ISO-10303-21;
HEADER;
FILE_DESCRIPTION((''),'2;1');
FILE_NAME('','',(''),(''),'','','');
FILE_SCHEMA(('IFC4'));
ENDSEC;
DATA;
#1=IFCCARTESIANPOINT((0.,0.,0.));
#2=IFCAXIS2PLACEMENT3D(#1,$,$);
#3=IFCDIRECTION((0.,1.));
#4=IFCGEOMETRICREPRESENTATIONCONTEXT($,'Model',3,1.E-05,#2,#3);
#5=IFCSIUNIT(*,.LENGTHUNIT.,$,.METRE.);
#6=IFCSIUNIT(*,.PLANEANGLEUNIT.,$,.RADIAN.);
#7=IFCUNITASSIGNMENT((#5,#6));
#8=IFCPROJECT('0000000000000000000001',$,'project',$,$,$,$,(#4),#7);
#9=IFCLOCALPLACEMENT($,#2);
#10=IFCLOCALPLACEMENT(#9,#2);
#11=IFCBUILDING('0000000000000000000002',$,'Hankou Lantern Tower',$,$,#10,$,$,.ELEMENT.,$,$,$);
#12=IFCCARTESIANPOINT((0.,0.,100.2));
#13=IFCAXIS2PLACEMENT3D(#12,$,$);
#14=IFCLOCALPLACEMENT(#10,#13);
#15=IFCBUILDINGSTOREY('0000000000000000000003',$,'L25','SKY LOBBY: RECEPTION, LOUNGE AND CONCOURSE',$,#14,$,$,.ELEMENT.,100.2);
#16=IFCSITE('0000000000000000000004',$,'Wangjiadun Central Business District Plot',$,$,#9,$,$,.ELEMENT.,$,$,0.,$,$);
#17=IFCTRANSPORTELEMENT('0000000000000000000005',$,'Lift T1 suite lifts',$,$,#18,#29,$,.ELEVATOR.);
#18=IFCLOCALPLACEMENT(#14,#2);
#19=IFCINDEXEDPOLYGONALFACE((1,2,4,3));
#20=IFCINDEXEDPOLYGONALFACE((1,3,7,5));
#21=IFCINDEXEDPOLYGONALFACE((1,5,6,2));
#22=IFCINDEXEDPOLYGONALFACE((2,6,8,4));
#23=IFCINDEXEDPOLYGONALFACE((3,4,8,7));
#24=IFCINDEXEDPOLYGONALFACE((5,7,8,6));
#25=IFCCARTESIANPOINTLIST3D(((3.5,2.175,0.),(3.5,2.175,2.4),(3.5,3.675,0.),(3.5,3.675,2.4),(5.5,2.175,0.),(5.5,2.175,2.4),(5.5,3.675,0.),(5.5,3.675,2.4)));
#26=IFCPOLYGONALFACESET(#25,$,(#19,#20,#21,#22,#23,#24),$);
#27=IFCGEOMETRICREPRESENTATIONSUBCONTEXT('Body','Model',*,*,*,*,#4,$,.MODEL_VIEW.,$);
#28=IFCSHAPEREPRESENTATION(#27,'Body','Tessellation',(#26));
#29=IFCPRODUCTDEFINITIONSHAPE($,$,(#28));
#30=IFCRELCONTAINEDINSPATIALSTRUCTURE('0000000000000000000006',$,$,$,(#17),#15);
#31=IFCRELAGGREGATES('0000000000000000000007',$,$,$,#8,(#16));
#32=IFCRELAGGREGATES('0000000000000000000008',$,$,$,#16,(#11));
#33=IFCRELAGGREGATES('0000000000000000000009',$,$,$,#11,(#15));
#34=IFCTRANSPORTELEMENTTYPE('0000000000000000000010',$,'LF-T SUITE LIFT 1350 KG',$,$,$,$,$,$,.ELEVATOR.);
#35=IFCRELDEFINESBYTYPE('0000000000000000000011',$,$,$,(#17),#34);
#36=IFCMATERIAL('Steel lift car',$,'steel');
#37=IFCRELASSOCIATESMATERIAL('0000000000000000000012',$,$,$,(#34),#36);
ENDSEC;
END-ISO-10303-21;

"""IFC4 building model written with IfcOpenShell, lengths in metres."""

from ifc_helpers import new_model, si_unit, direction, frame, origin, origin_2d, place, context, subcontext, project, spatial, rectangle, extrude, material, type_object, element, save


model = new_model("IFC4")

# Units and contexts
model_context = context("Model", 3, precision=1e-05, world=origin(), true_north=direction((0.0, 1.0)))
body_context = subcontext(model_context, "Body", "Model", "MODEL_VIEW")
ifc_project = project(units=[si_unit("LENGTHUNIT", "METRE"), si_unit("PLANEANGLEUNIT", "RADIAN")], contexts=[model_context])

# Site, building, storey
site_placement = place(None, origin())
site = spatial("IfcSite", under=ifc_project, at=site_placement, Name="Wangjiadun Central Business District Plot", CompositionType="ELEMENT", RefElevation=0.0)
building_placement = place(site_placement, origin())
building = spatial("IfcBuilding", under=site, at=building_placement, Name="Hankou Lantern Tower", CompositionType="ELEMENT")
storey_placement = place(building_placement, frame((0.0, 0.0, 100.2)))
storey = spatial("IfcBuildingStorey", under=building, at=storey_placement, Name="L25", Description="SKY LOBBY: RECEPTION, LOUNGE AND CONCOURSE", CompositionType="ELEMENT", Elevation=100.2)

# Transport element
ifc_material_1 = material(Name="Steel lift car", Category="steel")
transport_element_type_1 = type_object("IfcTransportElementType", Name="LF-T SUITE LIFT 1350 KG", PredefinedType="ELEVATOR", material=ifc_material_1)
transport_element_placement = place(storey_placement, frame((4.5, 2.925, 0.0), z_axis=(0.0, 0.0, 1.0), x_axis=(1.0, 0.0, 0.0)))
element("IfcTransportElement", 1, at=transport_element_placement, inside=storey, type_object=transport_element_type_1, Name="Lift T1 suite lifts", PredefinedType="ELEVATOR", context=body_context, shape_type="SweptSolid", body=[
    extrude(rectangle(XDim=2.0, YDim=1.5, at=origin_2d()), origin(), (0.0, 0.0, 1.0), 2.4),
])

save(model, "model.ifc")
